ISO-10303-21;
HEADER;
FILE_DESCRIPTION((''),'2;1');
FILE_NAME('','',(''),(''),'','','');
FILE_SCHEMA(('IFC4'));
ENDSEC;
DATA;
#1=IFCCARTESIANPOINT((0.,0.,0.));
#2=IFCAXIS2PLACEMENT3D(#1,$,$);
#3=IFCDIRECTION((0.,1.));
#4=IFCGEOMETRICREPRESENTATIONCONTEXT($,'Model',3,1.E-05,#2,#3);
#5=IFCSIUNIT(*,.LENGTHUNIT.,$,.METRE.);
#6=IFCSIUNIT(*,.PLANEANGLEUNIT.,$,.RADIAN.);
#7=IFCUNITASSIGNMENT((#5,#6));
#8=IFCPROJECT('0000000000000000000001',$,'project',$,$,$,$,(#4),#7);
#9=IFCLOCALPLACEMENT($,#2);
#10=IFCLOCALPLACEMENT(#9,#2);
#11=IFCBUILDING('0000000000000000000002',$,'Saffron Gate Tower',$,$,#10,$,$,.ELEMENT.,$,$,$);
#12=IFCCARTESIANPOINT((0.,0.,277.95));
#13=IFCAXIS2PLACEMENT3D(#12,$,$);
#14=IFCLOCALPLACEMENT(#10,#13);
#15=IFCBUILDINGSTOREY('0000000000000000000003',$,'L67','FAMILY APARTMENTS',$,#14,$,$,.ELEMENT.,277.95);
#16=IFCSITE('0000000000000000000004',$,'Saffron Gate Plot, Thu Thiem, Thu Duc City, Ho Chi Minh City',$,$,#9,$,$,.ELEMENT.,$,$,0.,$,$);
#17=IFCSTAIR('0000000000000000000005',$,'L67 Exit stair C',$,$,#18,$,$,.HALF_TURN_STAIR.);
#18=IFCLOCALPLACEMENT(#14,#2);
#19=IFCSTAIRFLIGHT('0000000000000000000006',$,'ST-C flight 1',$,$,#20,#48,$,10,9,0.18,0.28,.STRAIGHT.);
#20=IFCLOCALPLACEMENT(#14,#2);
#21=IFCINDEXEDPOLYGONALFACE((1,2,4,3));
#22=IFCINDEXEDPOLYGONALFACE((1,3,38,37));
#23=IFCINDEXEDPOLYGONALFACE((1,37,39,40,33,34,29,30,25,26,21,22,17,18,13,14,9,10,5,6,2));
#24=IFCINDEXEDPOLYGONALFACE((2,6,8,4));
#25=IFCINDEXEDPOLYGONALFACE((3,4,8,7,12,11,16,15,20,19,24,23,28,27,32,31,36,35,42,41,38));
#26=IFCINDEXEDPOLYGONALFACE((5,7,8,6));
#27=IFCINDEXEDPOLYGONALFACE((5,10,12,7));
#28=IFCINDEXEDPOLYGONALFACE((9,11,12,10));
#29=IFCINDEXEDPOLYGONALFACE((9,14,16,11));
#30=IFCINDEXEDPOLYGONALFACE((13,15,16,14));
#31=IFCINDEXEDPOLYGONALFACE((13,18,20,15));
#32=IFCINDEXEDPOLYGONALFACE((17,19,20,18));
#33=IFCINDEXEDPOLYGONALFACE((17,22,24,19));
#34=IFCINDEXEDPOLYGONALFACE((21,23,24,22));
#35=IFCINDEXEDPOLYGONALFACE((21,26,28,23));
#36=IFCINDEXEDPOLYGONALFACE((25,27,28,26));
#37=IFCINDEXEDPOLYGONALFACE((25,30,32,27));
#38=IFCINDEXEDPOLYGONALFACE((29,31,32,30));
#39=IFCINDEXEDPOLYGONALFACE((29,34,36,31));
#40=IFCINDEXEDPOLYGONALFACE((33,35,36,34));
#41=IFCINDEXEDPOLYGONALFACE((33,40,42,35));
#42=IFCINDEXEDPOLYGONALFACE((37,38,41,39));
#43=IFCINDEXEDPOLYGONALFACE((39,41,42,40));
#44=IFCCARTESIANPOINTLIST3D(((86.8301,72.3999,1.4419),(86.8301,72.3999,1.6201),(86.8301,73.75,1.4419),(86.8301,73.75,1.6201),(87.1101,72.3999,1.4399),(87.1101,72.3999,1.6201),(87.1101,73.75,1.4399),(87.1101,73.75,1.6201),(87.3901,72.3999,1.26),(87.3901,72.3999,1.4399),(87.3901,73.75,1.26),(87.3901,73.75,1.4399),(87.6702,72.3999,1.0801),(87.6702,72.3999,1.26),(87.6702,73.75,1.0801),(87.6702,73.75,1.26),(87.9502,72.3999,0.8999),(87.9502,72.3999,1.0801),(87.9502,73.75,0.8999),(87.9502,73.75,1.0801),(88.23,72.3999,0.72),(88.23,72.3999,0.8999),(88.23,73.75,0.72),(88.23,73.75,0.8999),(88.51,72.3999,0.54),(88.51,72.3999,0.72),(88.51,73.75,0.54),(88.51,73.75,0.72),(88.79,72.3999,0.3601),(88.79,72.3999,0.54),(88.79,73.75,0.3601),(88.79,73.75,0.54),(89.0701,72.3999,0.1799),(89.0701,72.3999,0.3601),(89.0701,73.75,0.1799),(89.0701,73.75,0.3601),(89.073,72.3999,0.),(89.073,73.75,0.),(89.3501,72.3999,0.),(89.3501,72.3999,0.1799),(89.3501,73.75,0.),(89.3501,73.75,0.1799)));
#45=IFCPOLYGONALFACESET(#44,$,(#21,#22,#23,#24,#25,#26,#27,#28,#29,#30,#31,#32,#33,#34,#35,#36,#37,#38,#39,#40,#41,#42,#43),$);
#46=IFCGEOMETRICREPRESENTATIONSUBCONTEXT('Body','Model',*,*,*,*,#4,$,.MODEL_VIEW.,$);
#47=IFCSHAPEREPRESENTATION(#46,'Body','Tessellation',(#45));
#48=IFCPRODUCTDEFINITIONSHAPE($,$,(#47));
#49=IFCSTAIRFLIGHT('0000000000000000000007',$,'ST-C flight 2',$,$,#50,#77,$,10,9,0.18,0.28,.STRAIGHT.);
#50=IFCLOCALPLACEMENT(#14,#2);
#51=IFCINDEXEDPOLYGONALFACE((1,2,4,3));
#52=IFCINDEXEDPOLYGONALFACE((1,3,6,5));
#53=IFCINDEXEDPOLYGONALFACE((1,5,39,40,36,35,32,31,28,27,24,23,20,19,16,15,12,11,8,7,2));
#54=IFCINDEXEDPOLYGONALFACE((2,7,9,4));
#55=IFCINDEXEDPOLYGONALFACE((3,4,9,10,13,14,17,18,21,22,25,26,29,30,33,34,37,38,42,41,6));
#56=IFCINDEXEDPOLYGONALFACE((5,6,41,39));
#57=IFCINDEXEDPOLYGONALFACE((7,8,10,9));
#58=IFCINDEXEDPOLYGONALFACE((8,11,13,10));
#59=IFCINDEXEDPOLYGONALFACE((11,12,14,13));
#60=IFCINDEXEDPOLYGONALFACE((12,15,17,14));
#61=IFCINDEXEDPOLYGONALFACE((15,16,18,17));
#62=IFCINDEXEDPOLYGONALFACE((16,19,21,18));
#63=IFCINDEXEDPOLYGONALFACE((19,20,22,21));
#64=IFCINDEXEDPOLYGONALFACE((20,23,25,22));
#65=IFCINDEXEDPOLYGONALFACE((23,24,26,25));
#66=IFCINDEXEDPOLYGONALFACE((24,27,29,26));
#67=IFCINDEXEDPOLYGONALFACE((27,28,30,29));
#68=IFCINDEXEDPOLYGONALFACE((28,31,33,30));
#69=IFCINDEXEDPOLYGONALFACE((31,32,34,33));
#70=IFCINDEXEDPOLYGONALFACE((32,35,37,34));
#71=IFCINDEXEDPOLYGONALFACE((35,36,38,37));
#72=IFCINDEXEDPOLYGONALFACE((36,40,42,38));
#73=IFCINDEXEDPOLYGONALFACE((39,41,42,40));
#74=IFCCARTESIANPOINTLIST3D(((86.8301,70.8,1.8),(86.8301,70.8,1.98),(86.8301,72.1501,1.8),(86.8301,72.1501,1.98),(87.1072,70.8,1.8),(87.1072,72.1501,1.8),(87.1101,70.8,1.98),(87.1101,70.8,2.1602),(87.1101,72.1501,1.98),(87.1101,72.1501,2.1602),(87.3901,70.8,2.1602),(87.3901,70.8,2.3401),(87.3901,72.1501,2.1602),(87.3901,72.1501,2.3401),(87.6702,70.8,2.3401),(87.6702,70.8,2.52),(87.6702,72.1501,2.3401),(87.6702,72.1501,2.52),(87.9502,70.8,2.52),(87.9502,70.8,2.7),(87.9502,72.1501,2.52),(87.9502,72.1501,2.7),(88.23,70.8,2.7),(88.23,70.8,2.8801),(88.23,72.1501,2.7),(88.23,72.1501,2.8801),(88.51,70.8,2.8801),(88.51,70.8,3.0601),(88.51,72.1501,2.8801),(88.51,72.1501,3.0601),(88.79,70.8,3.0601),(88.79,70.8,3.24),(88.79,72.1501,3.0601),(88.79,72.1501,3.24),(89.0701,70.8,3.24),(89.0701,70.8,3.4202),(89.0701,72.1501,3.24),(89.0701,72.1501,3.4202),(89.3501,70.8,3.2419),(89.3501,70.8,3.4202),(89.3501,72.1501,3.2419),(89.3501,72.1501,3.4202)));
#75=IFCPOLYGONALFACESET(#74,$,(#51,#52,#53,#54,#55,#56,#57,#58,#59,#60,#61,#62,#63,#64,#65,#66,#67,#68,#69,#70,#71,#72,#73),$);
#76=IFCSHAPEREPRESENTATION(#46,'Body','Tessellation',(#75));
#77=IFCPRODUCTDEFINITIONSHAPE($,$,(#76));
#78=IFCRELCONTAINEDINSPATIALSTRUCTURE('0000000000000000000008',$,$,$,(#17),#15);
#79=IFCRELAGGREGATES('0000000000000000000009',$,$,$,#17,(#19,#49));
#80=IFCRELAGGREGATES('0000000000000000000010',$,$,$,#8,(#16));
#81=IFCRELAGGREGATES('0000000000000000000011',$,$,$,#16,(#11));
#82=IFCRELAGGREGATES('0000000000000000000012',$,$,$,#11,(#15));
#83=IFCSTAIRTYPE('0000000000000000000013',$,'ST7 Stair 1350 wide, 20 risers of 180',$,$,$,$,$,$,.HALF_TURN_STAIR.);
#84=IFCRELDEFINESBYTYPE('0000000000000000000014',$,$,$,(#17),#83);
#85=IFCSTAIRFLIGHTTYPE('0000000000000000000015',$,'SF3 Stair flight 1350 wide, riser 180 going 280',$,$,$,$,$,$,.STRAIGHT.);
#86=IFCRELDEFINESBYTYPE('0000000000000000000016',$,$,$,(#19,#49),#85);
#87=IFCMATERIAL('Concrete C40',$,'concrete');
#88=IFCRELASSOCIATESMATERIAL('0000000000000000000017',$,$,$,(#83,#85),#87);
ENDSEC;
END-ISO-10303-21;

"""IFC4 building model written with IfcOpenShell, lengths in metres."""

from ifc_helpers import new_model, si_unit, direction, frame, origin, place, context, subcontext, project, spatial, polyline, outline, extrude, material, type_object, element, aggregate, save


model = new_model("IFC4")

# Units and contexts
model_context = context("Model", 3, precision=1e-05, world=origin(), true_north=direction((0.0, 1.0)))
body_context = subcontext(model_context, "Body", "Model", "MODEL_VIEW")
ifc_project = project(units=[si_unit("LENGTHUNIT", "METRE"), si_unit("PLANEANGLEUNIT", "RADIAN")], contexts=[model_context])

# Site, building, storey
site_placement = place(None, origin())
site = spatial("IfcSite", under=ifc_project, at=site_placement, Name="Saffron Gate Plot, Thu Thiem, Thu Duc City, Ho Chi Minh City", CompositionType="ELEMENT", RefElevation=0.0)
building_placement = place(site_placement, origin())
building = spatial("IfcBuilding", under=site, at=building_placement, Name="Saffron Gate Tower", CompositionType="ELEMENT")
storey_placement = place(building_placement, frame((0.0, 0.0, 277.95)))
storey = spatial("IfcBuildingStorey", under=building, at=storey_placement, Name="L67", Description="FAMILY APARTMENTS", CompositionType="ELEMENT", Elevation=277.95)

# Stair, stair flights
ifc_material_1 = material(Name="Concrete C40", Category="concrete")
stair_type = type_object("IfcStairType", Name="ST7 Stair 1350 wide, 20 risers of 180", PredefinedType="HALF_TURN_STAIR", material=ifc_material_1)
stair_placement = place(storey_placement, origin())
stair = element("IfcStair", 1, at=stair_placement, inside=storey, type_object=stair_type, Name="L67 Exit stair C", PredefinedType="HALF_TURN_STAIR")
stair_flight_type = type_object("IfcStairFlightType", Name="SF3 Stair flight 1350 wide, riser 180 going 280", PredefinedType="STRAIGHT", material=ifc_material_1)
stair_flight_1_placement = place(storey_placement, frame((89.3501, 73.075, 0.0), z_axis=(0.0, 0.0, 1.0), x_axis=(-1.0, 0.0, 0.0)))
stair_flight_1 = element("IfcStairFlight", 2, at=stair_flight_1_placement, type_object=stair_flight_type, Name="ST-C flight 1", NumberOfRisers=10, NumberOfTreads=9, PredefinedType="STRAIGHT", RiserHeight=0.18, TreadLength=0.28, context=body_context, shape_type="SweptSolid", body=[
    extrude(outline(polyline([(0.0, 0.0), (0.0, 0.1799), (0.28, 0.1799), (0.28, 0.3601), (0.5601, 0.3601), (0.5601, 0.54), (0.8401, 0.54), (0.8401, 0.72), (1.1201, 0.72), (1.1201, 0.8999), (1.3999, 0.8999), (1.3999, 1.0801), (1.6799, 1.0801), (1.6799, 1.26), (1.96, 1.26), (1.96, 1.4399), (2.24, 1.4399), (2.24, 1.6201), (2.52, 1.6201), (2.52, 1.8), (2.52, 1.4419), (0.2771, 0.0), (0.0, 0.0)])), frame((0.0, 0.675, 0.0), z_axis=(0.0, -1.0, 0.0), x_axis=(1.0, 0.0, 0.0)), (0.0, 0.0, 1.0), 1.3501),
])
stair_flight_2_placement = place(storey_placement, frame((86.8301, 71.4751, 1.8), z_axis=(0.0, 0.0, 1.0), x_axis=(1.0, 0.0, 0.0)))
stair_flight_2 = element("IfcStairFlight", 3, at=stair_flight_2_placement, type_object=stair_flight_type, Name="ST-C flight 2", NumberOfRisers=10, NumberOfTreads=9, PredefinedType="STRAIGHT", RiserHeight=0.18, TreadLength=0.28, context=body_context, shape_type="SweptSolid", body=[
    extrude(outline(polyline([(0.0, 0.0), (0.0, 0.1799), (0.28, 0.1799), (0.28, 0.3601), (0.5601, 0.3601), (0.5601, 0.54), (0.8401, 0.54), (0.8401, 0.72), (1.1201, 0.72), (1.1201, 0.8999), (1.3999, 0.8999), (1.3999, 1.0801), (1.6799, 1.0801), (1.6799, 1.26), (1.96, 1.26), (1.96, 1.4399), (2.24, 1.4399), (2.24, 1.6201), (2.52, 1.6201), (2.52, 1.8), (2.52, 1.4419), (0.2771, 0.0), (0.0, 0.0)])), frame((0.0, 0.675, 0.0), z_axis=(0.0, -1.0, 0.0), x_axis=(1.0, 0.0, 0.0)), (0.0, 0.0, 1.0), 1.3501),
])
aggregate(stair, [stair_flight_1, stair_flight_2])

save(model, "model.ifc")
